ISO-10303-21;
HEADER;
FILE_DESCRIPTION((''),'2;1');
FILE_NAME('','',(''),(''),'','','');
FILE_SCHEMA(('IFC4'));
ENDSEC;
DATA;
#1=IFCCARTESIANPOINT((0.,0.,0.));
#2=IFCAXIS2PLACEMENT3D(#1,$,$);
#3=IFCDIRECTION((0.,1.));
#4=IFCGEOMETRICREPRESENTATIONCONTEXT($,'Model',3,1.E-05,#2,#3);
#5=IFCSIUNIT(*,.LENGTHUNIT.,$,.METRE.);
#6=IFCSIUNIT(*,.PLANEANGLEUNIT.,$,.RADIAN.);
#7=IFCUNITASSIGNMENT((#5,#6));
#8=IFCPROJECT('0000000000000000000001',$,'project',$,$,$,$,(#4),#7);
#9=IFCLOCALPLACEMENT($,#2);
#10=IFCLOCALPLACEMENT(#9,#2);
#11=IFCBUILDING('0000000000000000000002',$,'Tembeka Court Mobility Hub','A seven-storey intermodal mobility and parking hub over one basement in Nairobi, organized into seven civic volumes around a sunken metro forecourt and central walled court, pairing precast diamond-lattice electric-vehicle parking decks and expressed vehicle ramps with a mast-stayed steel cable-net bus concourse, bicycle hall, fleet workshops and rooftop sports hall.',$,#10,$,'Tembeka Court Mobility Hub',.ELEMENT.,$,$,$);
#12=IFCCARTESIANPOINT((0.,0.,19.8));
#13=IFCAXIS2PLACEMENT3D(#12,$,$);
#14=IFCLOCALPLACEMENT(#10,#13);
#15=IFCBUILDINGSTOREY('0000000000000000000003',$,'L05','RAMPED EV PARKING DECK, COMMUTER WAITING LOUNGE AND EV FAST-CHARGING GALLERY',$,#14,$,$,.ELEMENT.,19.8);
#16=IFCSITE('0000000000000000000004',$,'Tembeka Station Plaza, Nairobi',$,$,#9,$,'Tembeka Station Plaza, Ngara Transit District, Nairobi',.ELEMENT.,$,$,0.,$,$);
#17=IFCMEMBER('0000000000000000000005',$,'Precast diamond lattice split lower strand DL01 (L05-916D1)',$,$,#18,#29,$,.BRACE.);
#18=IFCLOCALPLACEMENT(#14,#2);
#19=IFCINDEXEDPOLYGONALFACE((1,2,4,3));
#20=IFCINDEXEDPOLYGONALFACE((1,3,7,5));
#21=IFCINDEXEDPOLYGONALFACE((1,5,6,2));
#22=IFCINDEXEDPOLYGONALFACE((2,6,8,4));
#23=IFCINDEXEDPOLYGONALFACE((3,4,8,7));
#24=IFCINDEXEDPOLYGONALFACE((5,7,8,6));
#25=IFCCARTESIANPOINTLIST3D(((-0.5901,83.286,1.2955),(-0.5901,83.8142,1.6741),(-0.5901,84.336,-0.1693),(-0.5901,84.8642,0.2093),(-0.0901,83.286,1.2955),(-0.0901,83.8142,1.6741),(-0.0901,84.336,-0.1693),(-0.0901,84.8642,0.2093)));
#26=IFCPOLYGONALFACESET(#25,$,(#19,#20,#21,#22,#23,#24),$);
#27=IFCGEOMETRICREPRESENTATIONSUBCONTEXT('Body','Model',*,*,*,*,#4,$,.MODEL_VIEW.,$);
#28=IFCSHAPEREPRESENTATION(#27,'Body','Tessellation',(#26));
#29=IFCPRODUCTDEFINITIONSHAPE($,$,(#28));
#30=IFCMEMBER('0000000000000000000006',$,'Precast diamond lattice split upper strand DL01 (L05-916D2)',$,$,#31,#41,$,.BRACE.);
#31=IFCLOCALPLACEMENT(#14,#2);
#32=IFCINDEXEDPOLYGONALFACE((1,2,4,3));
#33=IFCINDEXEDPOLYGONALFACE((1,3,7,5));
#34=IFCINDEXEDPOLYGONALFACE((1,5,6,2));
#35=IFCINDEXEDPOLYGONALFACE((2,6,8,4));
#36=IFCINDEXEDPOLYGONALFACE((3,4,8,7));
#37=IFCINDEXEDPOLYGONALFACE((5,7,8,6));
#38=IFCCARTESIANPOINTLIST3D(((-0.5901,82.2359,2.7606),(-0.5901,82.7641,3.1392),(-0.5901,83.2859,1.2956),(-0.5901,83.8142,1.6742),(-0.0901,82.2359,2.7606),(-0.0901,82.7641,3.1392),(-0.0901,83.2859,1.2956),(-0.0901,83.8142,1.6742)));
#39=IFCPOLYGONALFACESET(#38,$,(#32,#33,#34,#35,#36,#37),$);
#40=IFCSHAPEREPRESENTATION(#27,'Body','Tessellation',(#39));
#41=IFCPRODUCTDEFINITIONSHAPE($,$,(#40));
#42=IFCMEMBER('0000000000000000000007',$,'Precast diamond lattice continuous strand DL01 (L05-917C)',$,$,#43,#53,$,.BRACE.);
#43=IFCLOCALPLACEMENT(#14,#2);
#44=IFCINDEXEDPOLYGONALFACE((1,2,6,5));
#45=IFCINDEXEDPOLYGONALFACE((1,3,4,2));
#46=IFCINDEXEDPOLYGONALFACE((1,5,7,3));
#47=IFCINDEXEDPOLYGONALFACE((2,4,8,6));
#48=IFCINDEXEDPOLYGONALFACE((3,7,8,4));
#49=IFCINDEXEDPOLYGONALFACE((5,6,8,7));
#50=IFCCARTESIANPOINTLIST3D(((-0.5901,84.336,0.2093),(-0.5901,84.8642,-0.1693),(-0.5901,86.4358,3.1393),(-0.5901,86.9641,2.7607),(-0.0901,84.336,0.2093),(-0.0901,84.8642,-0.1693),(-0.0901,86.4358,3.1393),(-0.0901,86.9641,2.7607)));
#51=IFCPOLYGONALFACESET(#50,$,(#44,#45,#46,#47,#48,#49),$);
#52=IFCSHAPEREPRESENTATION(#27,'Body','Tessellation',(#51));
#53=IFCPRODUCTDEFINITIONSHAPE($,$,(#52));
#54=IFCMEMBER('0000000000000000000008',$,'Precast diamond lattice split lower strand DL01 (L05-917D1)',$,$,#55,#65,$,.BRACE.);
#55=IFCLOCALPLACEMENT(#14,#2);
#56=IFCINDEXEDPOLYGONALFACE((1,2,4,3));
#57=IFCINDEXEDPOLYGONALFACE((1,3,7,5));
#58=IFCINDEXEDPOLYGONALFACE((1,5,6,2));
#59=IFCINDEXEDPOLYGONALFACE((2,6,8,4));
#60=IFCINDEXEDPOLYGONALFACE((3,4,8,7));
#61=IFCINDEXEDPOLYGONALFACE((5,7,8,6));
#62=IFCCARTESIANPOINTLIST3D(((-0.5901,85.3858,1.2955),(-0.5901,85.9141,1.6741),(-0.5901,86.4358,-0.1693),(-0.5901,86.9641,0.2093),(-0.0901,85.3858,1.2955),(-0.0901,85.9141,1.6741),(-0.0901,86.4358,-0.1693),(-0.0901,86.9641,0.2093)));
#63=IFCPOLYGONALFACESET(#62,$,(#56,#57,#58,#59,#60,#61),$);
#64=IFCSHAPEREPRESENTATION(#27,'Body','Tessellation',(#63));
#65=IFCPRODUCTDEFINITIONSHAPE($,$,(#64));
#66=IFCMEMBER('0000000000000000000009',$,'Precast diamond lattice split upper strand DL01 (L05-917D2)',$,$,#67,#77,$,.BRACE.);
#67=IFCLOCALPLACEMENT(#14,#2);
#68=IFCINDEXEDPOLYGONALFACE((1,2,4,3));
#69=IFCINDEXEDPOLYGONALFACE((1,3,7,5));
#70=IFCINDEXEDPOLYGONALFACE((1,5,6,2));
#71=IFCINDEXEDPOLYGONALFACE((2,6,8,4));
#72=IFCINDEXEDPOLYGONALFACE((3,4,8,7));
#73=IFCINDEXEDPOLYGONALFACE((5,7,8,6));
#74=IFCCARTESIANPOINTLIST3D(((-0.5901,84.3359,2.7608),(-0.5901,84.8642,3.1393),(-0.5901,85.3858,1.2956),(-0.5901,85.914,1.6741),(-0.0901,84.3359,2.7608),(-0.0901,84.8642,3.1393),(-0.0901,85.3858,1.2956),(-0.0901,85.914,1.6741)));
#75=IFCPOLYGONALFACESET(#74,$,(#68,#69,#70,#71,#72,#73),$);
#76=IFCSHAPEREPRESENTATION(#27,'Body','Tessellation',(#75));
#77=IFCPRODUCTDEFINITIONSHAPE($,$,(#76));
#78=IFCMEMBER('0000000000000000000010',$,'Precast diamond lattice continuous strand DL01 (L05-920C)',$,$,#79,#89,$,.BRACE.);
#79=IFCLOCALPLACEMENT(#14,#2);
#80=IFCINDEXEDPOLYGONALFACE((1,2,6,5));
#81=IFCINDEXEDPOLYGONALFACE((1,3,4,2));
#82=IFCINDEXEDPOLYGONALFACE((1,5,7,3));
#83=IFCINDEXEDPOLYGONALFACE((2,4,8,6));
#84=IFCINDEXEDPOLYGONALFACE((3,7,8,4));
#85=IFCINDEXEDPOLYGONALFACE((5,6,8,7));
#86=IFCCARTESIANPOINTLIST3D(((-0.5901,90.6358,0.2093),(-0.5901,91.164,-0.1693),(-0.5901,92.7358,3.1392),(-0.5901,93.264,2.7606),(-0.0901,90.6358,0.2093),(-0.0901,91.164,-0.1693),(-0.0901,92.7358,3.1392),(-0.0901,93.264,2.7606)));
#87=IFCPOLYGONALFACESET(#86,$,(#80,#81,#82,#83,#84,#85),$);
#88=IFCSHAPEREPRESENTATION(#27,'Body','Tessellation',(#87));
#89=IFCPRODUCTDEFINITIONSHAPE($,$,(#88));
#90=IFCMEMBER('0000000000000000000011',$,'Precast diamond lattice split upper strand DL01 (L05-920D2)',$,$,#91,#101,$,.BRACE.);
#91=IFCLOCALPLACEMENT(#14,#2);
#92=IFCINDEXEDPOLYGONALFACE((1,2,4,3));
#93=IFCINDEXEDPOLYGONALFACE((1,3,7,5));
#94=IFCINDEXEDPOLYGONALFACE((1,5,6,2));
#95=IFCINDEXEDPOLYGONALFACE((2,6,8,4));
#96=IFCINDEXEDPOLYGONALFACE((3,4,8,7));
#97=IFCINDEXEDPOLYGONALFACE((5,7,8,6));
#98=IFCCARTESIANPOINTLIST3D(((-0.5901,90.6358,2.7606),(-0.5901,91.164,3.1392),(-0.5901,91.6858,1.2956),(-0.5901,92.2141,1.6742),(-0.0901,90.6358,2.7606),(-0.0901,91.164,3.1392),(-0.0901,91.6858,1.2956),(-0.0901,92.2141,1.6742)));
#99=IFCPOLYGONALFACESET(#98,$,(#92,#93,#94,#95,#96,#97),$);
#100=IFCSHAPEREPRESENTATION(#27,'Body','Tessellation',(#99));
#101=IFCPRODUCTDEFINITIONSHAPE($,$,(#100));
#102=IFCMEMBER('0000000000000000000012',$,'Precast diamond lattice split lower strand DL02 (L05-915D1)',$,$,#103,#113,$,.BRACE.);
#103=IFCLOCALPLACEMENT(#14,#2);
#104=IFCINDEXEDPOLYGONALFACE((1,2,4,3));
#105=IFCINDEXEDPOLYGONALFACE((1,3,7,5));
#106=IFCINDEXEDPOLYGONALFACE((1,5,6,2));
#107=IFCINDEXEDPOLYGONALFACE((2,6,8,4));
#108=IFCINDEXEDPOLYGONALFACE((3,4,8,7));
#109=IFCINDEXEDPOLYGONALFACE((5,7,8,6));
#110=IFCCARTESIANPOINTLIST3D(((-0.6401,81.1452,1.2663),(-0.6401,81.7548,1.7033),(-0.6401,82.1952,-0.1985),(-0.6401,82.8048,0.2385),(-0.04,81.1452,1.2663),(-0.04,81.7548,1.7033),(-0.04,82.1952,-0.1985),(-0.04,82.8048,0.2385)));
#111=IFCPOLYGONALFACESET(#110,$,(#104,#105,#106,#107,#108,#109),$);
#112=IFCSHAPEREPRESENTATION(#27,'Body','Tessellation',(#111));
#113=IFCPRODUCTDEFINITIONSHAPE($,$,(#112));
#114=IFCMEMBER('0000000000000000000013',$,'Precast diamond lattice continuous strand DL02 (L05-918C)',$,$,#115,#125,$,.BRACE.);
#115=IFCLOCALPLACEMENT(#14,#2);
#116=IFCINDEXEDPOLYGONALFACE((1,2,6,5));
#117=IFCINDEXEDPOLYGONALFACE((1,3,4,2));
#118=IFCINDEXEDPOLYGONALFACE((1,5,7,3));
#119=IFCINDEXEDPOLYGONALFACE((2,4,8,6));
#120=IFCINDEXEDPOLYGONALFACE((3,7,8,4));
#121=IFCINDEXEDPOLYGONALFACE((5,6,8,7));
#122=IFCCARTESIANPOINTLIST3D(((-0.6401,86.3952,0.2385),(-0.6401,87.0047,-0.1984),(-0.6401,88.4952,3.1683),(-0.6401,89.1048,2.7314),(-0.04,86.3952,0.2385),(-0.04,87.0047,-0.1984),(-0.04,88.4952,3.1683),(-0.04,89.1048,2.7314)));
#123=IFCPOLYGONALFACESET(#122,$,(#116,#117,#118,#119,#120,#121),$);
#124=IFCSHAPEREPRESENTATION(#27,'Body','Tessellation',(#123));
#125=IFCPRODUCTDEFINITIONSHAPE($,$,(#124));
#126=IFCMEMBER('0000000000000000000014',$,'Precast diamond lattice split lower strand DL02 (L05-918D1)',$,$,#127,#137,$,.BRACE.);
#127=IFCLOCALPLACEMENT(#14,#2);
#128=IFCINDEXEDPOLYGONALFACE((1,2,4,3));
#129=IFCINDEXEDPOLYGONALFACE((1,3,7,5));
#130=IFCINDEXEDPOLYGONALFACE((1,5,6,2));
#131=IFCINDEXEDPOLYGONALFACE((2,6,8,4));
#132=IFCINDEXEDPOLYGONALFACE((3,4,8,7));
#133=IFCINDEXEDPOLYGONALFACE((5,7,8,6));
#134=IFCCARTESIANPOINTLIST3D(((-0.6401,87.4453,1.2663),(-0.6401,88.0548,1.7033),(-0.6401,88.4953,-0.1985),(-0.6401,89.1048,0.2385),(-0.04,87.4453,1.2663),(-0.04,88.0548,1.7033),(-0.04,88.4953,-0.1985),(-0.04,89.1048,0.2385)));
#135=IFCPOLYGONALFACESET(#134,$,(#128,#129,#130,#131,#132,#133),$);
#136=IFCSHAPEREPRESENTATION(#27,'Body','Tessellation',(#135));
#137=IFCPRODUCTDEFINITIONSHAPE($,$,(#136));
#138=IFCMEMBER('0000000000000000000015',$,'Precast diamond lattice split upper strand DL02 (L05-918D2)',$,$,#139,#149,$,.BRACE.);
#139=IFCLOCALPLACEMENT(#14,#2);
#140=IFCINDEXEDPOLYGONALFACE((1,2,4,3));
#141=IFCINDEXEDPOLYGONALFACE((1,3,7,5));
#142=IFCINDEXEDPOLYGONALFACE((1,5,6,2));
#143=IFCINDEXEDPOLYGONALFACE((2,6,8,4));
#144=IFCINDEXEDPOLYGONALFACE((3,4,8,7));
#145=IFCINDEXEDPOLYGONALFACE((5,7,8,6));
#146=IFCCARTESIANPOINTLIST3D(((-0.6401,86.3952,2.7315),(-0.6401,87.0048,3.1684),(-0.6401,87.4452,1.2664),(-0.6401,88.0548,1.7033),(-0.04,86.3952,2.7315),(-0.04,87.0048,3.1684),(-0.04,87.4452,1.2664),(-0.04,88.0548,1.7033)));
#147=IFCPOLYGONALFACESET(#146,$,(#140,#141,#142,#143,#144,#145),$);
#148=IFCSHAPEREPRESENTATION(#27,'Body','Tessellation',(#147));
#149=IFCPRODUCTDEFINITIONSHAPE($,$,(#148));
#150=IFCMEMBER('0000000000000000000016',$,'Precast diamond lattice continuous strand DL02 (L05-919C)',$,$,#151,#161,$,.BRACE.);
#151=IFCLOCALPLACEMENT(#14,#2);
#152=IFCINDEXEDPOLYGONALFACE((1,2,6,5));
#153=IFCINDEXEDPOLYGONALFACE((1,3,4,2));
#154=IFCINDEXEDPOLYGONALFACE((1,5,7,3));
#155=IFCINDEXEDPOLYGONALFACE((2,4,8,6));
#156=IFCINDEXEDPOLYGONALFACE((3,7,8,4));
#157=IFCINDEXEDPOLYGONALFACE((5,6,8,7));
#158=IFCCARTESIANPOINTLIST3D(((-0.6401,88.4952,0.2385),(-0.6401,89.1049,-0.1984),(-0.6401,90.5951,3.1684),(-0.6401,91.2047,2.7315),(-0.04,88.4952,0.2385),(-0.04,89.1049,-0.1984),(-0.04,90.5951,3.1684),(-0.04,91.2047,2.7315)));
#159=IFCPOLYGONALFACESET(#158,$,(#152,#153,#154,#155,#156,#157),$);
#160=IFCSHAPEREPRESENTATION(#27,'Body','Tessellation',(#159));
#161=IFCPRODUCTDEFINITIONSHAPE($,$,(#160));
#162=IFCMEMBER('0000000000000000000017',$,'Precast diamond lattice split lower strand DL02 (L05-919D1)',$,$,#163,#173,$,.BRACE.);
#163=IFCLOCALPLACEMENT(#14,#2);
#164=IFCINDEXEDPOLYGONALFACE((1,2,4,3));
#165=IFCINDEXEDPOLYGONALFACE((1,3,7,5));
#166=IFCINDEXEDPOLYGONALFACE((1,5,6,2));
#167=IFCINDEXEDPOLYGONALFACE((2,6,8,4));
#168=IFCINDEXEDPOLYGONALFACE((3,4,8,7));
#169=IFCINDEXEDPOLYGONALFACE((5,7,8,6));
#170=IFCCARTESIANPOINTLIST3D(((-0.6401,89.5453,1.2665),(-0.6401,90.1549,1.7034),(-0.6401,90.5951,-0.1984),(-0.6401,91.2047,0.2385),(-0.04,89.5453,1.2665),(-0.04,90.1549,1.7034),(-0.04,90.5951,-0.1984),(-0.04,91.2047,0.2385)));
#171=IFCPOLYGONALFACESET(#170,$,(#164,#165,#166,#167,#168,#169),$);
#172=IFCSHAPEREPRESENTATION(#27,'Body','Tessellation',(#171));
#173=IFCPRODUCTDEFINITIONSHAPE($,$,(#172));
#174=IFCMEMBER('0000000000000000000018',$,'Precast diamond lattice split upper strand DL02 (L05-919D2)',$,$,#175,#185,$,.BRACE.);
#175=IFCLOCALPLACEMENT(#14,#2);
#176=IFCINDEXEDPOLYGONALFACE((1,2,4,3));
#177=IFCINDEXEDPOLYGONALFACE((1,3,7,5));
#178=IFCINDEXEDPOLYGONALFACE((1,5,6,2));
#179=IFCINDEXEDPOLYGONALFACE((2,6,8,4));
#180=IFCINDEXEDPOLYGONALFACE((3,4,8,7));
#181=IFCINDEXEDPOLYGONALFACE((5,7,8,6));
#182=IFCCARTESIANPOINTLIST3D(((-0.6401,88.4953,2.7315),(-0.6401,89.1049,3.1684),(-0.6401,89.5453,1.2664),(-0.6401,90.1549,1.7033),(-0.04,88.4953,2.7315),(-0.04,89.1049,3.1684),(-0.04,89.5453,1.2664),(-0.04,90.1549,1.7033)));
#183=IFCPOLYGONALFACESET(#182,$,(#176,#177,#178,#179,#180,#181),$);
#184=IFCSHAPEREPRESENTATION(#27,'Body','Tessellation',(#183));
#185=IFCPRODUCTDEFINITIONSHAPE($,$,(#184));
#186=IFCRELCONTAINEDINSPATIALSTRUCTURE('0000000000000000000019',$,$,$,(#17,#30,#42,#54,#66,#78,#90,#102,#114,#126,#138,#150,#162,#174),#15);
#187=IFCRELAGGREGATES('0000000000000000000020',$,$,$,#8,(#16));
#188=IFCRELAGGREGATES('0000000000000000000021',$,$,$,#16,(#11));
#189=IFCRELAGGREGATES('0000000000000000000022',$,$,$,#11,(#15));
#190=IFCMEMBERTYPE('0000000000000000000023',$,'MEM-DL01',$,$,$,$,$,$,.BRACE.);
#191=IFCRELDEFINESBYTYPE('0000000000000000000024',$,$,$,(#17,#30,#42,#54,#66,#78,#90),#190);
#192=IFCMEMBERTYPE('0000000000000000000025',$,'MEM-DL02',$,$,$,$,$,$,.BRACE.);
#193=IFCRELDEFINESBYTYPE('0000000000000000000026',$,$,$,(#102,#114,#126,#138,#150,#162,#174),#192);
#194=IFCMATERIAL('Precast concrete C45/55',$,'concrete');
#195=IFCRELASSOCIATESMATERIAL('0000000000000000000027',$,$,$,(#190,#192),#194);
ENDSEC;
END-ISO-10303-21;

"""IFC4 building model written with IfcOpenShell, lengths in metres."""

from ifc_helpers import new_model, si_unit, direction, frame, origin, origin_2d, place, context, subcontext, project, spatial, rectangle, extrude, material, material_profile, profile_set, type_object, element, save


model = new_model("IFC4")

# Units and contexts
model_context = context("Model", 3, precision=1e-05, world=origin(), true_north=direction((0.0, 1.0)))
body_context = subcontext(model_context, "Body", "Model", "MODEL_VIEW")
ifc_project = project(units=[si_unit("LENGTHUNIT", "METRE"), si_unit("PLANEANGLEUNIT", "RADIAN")], contexts=[model_context])

# Site, building, storey
site_placement = place(None, origin())
site = spatial("IfcSite", under=ifc_project, at=site_placement, Name="Tembeka Station Plaza, Nairobi", LongName="Tembeka Station Plaza, Ngara Transit District, Nairobi", CompositionType="ELEMENT", RefElevation=0.0)
building_placement = place(site_placement, origin())
building = spatial("IfcBuilding", under=site, at=building_placement, Name="Tembeka Court Mobility Hub", Description="A seven-storey intermodal mobility and parking hub over one basement in Nairobi, organized into seven civic volumes around a sunken metro forecourt and central walled court, pairing precast diamond-lattice electric-vehicle parking decks and expressed vehicle ramps with a mast-stayed steel cable-net bus concourse, bicycle hall, fleet workshops and rooftop sports hall.", LongName="Tembeka Court Mobility Hub", CompositionType="ELEMENT")
storey_placement = place(building_placement, frame((0.0, 0.0, 19.8)))
storey = spatial("IfcBuildingStorey", under=building, at=storey_placement, Name="L05", Description="RAMPED EV PARKING DECK, COMMUTER WAITING LOUNGE AND EV FAST-CHARGING GALLERY", CompositionType="ELEMENT", Elevation=19.8)

# Members
ifc_material_1 = material(Name="Precast concrete C45/55", Category="concrete")
ifc_material_profile_1 = material_profile(ifc_material_1, rectangle(XDim=0.5, YDim=0.6499, at=origin_2d()), Name="PC-DIAG 500x650")
ifc_profile_set_1 = profile_set([ifc_material_profile_1], Name="Precast concrete C45/55")
member_type_1 = type_object("IfcMemberType", Name="MEM-DL01", PredefinedType="BRACE", material=ifc_profile_set_1)
member_1_placement = place(storey_placement, frame((-0.3401, 84.6001, 0.02), z_axis=(0.0, -0.582608, 0.812753), x_axis=(1.0, 0.0, 0.0)))
element("IfcMember", 1, at=member_1_placement, inside=storey, type_object=member_type_1, Name="Precast diamond lattice split lower strand DL01 (L05-916D1)", PredefinedType="BRACE", context=body_context, shape_type="SweptSolid", body=[
    extrude(rectangle(XDim=0.5, YDim=0.6499, at=origin_2d()), origin(), (0.0, 0.0, 1.0), 1.8022),
])
member_2_placement = place(storey_placement, frame((-0.3401, 83.55, 1.4849), z_axis=(0.0, -0.582544, 0.812799), x_axis=(1.0, 0.0, 0.0)))
element("IfcMember", 2, at=member_2_placement, inside=storey, type_object=member_type_1, Name="Precast diamond lattice split upper strand DL01 (L05-916D2)", PredefinedType="BRACE", context=body_context, shape_type="SweptSolid", body=[
    extrude(rectangle(XDim=0.5, YDim=0.6499, at=origin_2d()), origin(), (0.0, 0.0, 1.0), 1.8025),
])
member_3_placement = place(storey_placement, frame((-0.3401, 84.6001, 0.02), z_axis=(0.0, 0.582532, 0.812808), x_axis=(-1.0, 0.0, 0.0)))
element("IfcMember", 3, at=member_3_placement, inside=storey, type_object=member_type_1, Name="Precast diamond lattice continuous strand DL01 (L05-917C)", PredefinedType="BRACE", context=body_context, shape_type="SweptSolid", body=[
    extrude(rectangle(XDim=0.5, YDim=0.6499, at=origin_2d()), origin(), (0.0, 0.0, 1.0), 3.6047),
])
member_4_placement = place(storey_placement, frame((-0.3401, 86.7, 0.02), z_axis=(0.0, -0.582608, 0.812753), x_axis=(1.0, 0.0, 0.0)))
element("IfcMember", 4, at=member_4_placement, inside=storey, type_object=member_type_1, Name="Precast diamond lattice split lower strand DL01 (L05-917D1)", PredefinedType="BRACE", context=body_context, shape_type="SweptSolid", body=[
    extrude(rectangle(XDim=0.5, YDim=0.6499, at=origin_2d()), origin(), (0.0, 0.0, 1.0), 1.8022),
])
member_5_placement = place(storey_placement, frame((-0.3401, 85.6499, 1.4849), z_axis=(0.0, -0.582455, 0.812863), x_axis=(1.0, 0.0, 0.0)))
element("IfcMember", 5, at=member_5_placement, inside=storey, type_object=member_type_1, Name="Precast diamond lattice split upper strand DL01 (L05-917D2)", PredefinedType="BRACE", context=body_context, shape_type="SweptSolid", body=[
    extrude(rectangle(XDim=0.5, YDim=0.6499, at=origin_2d()), origin(), (0.0, 0.0, 1.0), 1.8025),
])
member_6_placement = place(storey_placement, frame((-0.3401, 90.8999, 0.02), z_axis=(0.0, 0.582576, 0.812776), x_axis=(-1.0, 0.0, 0.0)))
element("IfcMember", 6, at=member_6_placement, inside=storey, type_object=member_type_1, Name="Precast diamond lattice continuous strand DL01 (L05-920C)", PredefinedType="BRACE", context=body_context, shape_type="SweptSolid", body=[
    extrude(rectangle(XDim=0.5, YDim=0.6499, at=origin_2d()), origin(), (0.0, 0.0, 1.0), 3.6047),
])
member_7_placement = place(storey_placement, frame((-0.3401, 91.95, 1.4849), z_axis=(0.0, -0.582544, 0.812799), x_axis=(1.0, 0.0, 0.0)))
element("IfcMember", 7, at=member_7_placement, inside=storey, type_object=member_type_1, Name="Precast diamond lattice split upper strand DL01 (L05-920D2)", PredefinedType="BRACE", context=body_context, shape_type="SweptSolid", body=[
    extrude(rectangle(XDim=0.5, YDim=0.6499, at=origin_2d()), origin(), (0.0, 0.0, 1.0), 1.8025),
])
ifc_material_profile_2 = material_profile(ifc_material_1, rectangle(XDim=0.6001, YDim=0.75, at=origin_2d()), Name="PC-DIAG 600x750")
ifc_profile_set_2 = profile_set([ifc_material_profile_2], Name="Precast concrete C45/55")
member_type_2 = type_object("IfcMemberType", Name="MEM-DL02", PredefinedType="BRACE", material=ifc_profile_set_2)
member_8_placement = place(storey_placement, frame((-0.3401, 82.5, 0.02), z_axis=(0.0, -0.582608, 0.812753), x_axis=(1.0, 0.0, 0.0)))
element("IfcMember", 8, at=member_8_placement, inside=storey, type_object=member_type_2, Name="Precast diamond lattice split lower strand DL02 (L05-915D1)", PredefinedType="BRACE", context=body_context, shape_type="SweptSolid", body=[
    extrude(rectangle(XDim=0.6001, YDim=0.75, at=origin_2d()), origin(), (0.0, 0.0, 1.0), 1.8022),
])
member_9_placement = place(storey_placement, frame((-0.3401, 86.7, 0.02), z_axis=(0.0, 0.582576, 0.812776), x_axis=(-1.0, 0.0, 0.0)))
element("IfcMember", 9, at=member_9_placement, inside=storey, type_object=member_type_2, Name="Precast diamond lattice continuous strand DL02 (L05-918C)", PredefinedType="BRACE", context=body_context, shape_type="SweptSolid", body=[
    extrude(rectangle(XDim=0.6001, YDim=0.75, at=origin_2d()), origin(), (0.0, 0.0, 1.0), 3.6047),
])
member_10_placement = place(storey_placement, frame((-0.3401, 88.8, 0.02), z_axis=(0.0, -0.582608, 0.812753), x_axis=(1.0, 0.0, 0.0)))
element("IfcMember", 10, at=member_10_placement, inside=storey, type_object=member_type_2, Name="Precast diamond lattice split lower strand DL02 (L05-918D1)", PredefinedType="BRACE", context=body_context, shape_type="SweptSolid", body=[
    extrude(rectangle(XDim=0.6001, YDim=0.75, at=origin_2d()), origin(), (0.0, 0.0, 1.0), 1.8022),
])
member_11_placement = place(storey_placement, frame((-0.3401, 87.75, 1.4849), z_axis=(0.0, -0.582544, 0.812799), x_axis=(1.0, 0.0, 0.0)))
element("IfcMember", 11, at=member_11_placement, inside=storey, type_object=member_type_2, Name="Precast diamond lattice split upper strand DL02 (L05-918D2)", PredefinedType="BRACE", context=body_context, shape_type="SweptSolid", body=[
    extrude(rectangle(XDim=0.6001, YDim=0.75, at=origin_2d()), origin(), (0.0, 0.0, 1.0), 1.8025),
])
member_12_placement = place(storey_placement, frame((-0.3401, 88.8, 0.02), z_axis=(0.0, 0.582532, 0.812808), x_axis=(-1.0, 0.0, 0.0)))
element("IfcMember", 12, at=member_12_placement, inside=storey, type_object=member_type_2, Name="Precast diamond lattice continuous strand DL02 (L05-919C)", PredefinedType="BRACE", context=body_context, shape_type="SweptSolid", body=[
    extrude(rectangle(XDim=0.6001, YDim=0.75, at=origin_2d()), origin(), (0.0, 0.0, 1.0), 3.6047),
])
member_13_placement = place(storey_placement, frame((-0.3401, 90.8999, 0.02), z_axis=(0.0, -0.582519, 0.812817), x_axis=(1.0, 0.0, 0.0)))
element("IfcMember", 13, at=member_13_placement, inside=storey, type_object=member_type_2, Name="Precast diamond lattice split lower strand DL02 (L05-919D1)", PredefinedType="BRACE", context=body_context, shape_type="SweptSolid", body=[
    extrude(rectangle(XDim=0.6001, YDim=0.75, at=origin_2d()), origin(), (0.0, 0.0, 1.0), 1.8022),
])
member_14_placement = place(storey_placement, frame((-0.3401, 89.8501, 1.4849), z_axis=(0.0, -0.582544, 0.812799), x_axis=(1.0, 0.0, 0.0)))
element("IfcMember", 14, at=member_14_placement, inside=storey, type_object=member_type_2, Name="Precast diamond lattice split upper strand DL02 (L05-919D2)", PredefinedType="BRACE", context=body_context, shape_type="SweptSolid", body=[
    extrude(rectangle(XDim=0.6001, YDim=0.75, at=origin_2d()), origin(), (0.0, 0.0, 1.0), 1.8025),
])

save(model, "model.ifc")
